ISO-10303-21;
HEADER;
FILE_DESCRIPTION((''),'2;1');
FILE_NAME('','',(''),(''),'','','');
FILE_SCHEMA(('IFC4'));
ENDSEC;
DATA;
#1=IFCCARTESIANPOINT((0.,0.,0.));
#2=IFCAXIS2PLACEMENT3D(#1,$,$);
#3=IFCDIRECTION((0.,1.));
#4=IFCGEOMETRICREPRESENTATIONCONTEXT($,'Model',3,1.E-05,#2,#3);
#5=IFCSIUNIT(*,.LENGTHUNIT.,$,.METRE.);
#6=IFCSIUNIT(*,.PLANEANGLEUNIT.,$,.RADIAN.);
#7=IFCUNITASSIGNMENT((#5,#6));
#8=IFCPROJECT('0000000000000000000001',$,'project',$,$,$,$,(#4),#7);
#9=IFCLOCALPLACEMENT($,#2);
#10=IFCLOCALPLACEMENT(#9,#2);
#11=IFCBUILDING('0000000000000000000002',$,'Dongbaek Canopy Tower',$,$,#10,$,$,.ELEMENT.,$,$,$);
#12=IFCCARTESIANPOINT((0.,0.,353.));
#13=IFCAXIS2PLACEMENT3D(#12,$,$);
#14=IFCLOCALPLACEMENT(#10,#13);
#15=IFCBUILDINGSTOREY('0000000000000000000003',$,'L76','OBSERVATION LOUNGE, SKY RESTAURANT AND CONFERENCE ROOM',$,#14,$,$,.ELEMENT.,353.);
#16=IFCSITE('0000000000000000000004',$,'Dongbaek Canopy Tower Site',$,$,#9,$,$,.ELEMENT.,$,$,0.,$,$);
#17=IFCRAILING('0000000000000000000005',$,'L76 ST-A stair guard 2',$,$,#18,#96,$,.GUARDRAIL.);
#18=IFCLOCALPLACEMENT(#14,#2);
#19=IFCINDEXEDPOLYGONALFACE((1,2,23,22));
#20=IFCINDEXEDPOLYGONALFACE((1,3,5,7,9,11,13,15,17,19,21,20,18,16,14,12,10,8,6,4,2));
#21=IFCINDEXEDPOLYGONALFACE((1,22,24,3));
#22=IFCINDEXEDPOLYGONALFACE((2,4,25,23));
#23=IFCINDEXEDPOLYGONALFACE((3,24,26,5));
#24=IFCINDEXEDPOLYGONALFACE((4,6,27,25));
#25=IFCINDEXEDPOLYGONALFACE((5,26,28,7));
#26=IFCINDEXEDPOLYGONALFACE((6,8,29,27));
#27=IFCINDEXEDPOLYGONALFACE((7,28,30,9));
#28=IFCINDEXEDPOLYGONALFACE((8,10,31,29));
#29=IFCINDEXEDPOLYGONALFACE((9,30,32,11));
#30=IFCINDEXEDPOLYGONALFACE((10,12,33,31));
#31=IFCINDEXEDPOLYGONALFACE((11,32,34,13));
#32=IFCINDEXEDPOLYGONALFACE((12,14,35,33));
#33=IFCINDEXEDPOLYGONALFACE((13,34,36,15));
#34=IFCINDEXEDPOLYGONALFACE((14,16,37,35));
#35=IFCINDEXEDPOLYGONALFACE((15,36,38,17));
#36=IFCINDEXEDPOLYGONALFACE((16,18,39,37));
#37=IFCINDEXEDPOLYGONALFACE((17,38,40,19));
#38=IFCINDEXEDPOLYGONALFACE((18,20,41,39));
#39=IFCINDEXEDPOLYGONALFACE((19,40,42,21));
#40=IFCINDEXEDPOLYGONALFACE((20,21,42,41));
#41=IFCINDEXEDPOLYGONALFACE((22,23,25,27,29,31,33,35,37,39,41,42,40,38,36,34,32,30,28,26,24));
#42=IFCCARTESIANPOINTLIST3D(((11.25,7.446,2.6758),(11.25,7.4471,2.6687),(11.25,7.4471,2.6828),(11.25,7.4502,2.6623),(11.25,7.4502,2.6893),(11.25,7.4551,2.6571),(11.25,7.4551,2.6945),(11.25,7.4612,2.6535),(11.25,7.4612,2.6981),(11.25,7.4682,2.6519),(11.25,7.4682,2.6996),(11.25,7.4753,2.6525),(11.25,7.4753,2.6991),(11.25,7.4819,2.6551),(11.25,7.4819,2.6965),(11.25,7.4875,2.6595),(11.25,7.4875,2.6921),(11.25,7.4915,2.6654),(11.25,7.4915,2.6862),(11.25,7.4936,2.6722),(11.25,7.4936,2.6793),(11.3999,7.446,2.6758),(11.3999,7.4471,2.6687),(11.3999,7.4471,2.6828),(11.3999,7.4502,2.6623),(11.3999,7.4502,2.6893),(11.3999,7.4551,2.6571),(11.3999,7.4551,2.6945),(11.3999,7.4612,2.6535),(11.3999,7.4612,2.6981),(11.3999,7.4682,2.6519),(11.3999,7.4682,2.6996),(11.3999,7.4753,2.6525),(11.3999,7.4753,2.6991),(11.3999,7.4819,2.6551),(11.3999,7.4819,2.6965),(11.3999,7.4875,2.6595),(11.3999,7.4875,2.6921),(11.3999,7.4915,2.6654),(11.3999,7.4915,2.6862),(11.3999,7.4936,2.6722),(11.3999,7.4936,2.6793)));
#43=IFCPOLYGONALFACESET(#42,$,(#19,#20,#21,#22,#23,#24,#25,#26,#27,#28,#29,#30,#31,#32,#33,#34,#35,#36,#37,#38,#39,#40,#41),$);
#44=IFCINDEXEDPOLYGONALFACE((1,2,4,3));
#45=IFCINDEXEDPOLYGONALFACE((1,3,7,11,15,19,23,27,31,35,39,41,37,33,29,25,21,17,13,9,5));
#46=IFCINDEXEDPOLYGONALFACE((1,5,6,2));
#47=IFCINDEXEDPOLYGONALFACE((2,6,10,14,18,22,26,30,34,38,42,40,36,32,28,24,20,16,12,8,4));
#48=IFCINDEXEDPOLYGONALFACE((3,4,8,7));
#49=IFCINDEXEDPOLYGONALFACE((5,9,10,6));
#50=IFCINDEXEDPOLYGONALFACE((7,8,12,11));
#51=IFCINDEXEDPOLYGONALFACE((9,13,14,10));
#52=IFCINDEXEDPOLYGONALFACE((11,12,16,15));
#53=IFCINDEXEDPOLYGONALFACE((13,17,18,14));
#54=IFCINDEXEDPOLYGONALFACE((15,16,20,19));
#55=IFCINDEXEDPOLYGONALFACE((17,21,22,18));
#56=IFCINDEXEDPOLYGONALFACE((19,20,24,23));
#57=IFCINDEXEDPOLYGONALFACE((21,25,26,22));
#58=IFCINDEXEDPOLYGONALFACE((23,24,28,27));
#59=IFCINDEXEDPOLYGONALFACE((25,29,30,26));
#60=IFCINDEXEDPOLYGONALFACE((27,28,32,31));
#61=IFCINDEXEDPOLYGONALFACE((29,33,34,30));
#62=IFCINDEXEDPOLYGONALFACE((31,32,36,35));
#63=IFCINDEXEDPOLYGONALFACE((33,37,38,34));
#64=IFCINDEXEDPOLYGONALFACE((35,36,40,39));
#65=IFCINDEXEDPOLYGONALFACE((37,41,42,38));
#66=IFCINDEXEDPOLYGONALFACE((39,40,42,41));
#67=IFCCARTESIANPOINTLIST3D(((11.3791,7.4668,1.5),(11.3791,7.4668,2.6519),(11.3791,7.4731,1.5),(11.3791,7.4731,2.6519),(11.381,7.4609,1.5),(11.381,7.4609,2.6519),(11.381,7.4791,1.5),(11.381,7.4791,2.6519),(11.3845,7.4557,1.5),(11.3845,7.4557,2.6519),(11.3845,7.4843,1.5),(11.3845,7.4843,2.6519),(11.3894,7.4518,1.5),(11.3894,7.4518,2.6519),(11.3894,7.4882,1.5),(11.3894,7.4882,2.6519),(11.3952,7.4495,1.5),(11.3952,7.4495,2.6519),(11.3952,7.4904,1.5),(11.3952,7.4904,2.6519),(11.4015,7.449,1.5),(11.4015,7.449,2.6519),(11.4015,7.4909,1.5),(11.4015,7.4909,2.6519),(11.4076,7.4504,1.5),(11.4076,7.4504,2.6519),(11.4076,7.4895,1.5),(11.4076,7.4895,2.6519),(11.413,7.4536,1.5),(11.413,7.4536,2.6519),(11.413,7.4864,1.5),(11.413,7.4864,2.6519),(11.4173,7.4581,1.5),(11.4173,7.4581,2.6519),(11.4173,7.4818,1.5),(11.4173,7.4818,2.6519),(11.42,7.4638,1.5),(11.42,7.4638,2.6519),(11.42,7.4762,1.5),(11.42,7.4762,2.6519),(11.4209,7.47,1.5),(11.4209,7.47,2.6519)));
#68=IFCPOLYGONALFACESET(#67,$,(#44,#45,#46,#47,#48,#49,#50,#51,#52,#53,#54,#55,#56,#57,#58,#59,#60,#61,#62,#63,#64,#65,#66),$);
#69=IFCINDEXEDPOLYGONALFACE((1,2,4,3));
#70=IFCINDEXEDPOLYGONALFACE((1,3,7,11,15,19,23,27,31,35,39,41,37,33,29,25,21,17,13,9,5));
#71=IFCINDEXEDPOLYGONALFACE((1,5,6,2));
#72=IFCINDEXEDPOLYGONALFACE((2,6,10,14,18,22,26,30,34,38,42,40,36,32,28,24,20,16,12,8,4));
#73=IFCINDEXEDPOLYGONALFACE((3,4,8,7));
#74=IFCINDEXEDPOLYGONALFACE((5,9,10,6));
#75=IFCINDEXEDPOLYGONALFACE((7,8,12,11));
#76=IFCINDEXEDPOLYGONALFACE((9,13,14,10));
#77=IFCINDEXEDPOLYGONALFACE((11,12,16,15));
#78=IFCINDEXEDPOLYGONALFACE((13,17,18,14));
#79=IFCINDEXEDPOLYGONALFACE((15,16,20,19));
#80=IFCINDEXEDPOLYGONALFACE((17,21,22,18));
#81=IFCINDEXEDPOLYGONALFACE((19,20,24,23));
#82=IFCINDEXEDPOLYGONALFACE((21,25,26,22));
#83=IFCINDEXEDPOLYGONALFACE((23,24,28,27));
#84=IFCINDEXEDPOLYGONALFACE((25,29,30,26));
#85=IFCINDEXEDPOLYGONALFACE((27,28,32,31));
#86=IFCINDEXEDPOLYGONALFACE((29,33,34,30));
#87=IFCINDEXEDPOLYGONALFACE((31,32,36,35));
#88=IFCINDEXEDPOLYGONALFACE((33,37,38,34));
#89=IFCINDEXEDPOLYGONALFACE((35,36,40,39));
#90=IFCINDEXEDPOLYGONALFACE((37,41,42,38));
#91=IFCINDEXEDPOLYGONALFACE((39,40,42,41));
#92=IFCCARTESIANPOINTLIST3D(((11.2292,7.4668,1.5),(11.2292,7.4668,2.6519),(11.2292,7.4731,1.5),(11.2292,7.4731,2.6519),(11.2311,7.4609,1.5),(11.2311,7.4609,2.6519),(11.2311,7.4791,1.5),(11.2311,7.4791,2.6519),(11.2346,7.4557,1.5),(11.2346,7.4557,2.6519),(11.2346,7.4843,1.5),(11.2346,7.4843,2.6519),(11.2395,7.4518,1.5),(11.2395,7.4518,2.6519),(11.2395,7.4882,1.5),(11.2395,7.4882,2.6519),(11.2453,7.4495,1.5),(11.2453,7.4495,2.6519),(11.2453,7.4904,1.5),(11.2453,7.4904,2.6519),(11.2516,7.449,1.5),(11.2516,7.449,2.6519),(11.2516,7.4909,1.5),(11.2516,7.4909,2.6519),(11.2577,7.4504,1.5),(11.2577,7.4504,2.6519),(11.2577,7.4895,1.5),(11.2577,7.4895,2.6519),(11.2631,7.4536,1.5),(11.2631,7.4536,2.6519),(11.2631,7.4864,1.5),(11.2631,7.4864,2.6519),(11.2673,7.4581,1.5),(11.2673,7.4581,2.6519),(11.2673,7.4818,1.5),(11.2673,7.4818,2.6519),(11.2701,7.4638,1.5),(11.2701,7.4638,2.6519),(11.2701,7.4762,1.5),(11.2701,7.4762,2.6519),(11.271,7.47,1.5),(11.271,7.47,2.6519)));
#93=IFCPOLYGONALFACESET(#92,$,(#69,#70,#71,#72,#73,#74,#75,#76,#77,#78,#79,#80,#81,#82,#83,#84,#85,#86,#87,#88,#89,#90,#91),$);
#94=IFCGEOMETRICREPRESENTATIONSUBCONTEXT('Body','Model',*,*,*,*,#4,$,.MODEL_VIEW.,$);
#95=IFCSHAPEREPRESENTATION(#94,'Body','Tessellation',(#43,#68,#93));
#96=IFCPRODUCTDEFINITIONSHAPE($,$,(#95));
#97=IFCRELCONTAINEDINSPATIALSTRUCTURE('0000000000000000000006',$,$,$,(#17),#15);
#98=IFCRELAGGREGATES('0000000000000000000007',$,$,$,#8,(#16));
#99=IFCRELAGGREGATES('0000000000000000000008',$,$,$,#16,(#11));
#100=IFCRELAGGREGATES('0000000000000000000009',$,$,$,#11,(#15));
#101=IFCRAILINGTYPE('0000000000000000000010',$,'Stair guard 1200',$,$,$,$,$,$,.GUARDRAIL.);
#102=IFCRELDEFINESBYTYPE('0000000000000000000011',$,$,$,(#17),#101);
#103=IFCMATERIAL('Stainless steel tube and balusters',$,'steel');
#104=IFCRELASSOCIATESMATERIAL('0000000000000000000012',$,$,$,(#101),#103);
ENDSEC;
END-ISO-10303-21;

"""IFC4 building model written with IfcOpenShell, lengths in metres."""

from ifc_helpers import new_model, si_unit, direction, frame, origin, origin_2d, place, context, subcontext, project, spatial, circle, extrude, material, type_object, element, save


model = new_model("IFC4")

# Units and contexts
model_context = context("Model", 3, precision=1e-05, world=origin(), true_north=direction((0.0, 1.0)))
body_context = subcontext(model_context, "Body", "Model", "MODEL_VIEW")
ifc_project = project(units=[si_unit("LENGTHUNIT", "METRE"), si_unit("PLANEANGLEUNIT", "RADIAN")], contexts=[model_context])

# Site, building, storey
site_placement = place(None, origin())
site = spatial("IfcSite", under=ifc_project, at=site_placement, Name="Dongbaek Canopy Tower Site", CompositionType="ELEMENT", RefElevation=0.0)
building_placement = place(site_placement, origin())
building = spatial("IfcBuilding", under=site, at=building_placement, Name="Dongbaek Canopy Tower", CompositionType="ELEMENT")
storey_placement = place(building_placement, frame((0.0, 0.0, 353.0)))
storey = spatial("IfcBuildingStorey", under=building, at=storey_placement, Name="L76", Description="OBSERVATION LOUNGE, SKY RESTAURANT AND CONFERENCE ROOM", CompositionType="ELEMENT", Elevation=353.0)

# Railing
ifc_material_1 = material(Name="Stainless steel tube and balusters", Category="steel")
railing_type_1 = type_object("IfcRailingType", Name="Stair guard 1200", PredefinedType="GUARDRAIL", material=ifc_material_1)
railing_1_placement = place(storey_placement, frame((11.3999, 7.47, 1.5)))
element("IfcRailing", 1, at=railing_1_placement, inside=storey, type_object=railing_type_1, Name="L76 ST-A stair guard 2", PredefinedType="GUARDRAIL", context=body_context, shape_type="SweptSolid", body=[
    extrude(circle(Radius=0.0239, at=origin_2d()), frame((0.0, 0.0, 1.1758), z_axis=(-1.0, 0.0, 0.0), x_axis=(0.0, -1.0, 0.0)), (0.0, 0.0, 1.0), 0.1499),
    extrude(circle(Radius=0.021, at=origin_2d()), origin(), (0.0, 0.0, 1.0), 1.1519),
    extrude(circle(Radius=0.021, at=origin_2d()), frame((-0.1499, 0.0, 0.0)), (0.0, 0.0, 1.0), 1.1519),
])

save(model, "model.ifc")
